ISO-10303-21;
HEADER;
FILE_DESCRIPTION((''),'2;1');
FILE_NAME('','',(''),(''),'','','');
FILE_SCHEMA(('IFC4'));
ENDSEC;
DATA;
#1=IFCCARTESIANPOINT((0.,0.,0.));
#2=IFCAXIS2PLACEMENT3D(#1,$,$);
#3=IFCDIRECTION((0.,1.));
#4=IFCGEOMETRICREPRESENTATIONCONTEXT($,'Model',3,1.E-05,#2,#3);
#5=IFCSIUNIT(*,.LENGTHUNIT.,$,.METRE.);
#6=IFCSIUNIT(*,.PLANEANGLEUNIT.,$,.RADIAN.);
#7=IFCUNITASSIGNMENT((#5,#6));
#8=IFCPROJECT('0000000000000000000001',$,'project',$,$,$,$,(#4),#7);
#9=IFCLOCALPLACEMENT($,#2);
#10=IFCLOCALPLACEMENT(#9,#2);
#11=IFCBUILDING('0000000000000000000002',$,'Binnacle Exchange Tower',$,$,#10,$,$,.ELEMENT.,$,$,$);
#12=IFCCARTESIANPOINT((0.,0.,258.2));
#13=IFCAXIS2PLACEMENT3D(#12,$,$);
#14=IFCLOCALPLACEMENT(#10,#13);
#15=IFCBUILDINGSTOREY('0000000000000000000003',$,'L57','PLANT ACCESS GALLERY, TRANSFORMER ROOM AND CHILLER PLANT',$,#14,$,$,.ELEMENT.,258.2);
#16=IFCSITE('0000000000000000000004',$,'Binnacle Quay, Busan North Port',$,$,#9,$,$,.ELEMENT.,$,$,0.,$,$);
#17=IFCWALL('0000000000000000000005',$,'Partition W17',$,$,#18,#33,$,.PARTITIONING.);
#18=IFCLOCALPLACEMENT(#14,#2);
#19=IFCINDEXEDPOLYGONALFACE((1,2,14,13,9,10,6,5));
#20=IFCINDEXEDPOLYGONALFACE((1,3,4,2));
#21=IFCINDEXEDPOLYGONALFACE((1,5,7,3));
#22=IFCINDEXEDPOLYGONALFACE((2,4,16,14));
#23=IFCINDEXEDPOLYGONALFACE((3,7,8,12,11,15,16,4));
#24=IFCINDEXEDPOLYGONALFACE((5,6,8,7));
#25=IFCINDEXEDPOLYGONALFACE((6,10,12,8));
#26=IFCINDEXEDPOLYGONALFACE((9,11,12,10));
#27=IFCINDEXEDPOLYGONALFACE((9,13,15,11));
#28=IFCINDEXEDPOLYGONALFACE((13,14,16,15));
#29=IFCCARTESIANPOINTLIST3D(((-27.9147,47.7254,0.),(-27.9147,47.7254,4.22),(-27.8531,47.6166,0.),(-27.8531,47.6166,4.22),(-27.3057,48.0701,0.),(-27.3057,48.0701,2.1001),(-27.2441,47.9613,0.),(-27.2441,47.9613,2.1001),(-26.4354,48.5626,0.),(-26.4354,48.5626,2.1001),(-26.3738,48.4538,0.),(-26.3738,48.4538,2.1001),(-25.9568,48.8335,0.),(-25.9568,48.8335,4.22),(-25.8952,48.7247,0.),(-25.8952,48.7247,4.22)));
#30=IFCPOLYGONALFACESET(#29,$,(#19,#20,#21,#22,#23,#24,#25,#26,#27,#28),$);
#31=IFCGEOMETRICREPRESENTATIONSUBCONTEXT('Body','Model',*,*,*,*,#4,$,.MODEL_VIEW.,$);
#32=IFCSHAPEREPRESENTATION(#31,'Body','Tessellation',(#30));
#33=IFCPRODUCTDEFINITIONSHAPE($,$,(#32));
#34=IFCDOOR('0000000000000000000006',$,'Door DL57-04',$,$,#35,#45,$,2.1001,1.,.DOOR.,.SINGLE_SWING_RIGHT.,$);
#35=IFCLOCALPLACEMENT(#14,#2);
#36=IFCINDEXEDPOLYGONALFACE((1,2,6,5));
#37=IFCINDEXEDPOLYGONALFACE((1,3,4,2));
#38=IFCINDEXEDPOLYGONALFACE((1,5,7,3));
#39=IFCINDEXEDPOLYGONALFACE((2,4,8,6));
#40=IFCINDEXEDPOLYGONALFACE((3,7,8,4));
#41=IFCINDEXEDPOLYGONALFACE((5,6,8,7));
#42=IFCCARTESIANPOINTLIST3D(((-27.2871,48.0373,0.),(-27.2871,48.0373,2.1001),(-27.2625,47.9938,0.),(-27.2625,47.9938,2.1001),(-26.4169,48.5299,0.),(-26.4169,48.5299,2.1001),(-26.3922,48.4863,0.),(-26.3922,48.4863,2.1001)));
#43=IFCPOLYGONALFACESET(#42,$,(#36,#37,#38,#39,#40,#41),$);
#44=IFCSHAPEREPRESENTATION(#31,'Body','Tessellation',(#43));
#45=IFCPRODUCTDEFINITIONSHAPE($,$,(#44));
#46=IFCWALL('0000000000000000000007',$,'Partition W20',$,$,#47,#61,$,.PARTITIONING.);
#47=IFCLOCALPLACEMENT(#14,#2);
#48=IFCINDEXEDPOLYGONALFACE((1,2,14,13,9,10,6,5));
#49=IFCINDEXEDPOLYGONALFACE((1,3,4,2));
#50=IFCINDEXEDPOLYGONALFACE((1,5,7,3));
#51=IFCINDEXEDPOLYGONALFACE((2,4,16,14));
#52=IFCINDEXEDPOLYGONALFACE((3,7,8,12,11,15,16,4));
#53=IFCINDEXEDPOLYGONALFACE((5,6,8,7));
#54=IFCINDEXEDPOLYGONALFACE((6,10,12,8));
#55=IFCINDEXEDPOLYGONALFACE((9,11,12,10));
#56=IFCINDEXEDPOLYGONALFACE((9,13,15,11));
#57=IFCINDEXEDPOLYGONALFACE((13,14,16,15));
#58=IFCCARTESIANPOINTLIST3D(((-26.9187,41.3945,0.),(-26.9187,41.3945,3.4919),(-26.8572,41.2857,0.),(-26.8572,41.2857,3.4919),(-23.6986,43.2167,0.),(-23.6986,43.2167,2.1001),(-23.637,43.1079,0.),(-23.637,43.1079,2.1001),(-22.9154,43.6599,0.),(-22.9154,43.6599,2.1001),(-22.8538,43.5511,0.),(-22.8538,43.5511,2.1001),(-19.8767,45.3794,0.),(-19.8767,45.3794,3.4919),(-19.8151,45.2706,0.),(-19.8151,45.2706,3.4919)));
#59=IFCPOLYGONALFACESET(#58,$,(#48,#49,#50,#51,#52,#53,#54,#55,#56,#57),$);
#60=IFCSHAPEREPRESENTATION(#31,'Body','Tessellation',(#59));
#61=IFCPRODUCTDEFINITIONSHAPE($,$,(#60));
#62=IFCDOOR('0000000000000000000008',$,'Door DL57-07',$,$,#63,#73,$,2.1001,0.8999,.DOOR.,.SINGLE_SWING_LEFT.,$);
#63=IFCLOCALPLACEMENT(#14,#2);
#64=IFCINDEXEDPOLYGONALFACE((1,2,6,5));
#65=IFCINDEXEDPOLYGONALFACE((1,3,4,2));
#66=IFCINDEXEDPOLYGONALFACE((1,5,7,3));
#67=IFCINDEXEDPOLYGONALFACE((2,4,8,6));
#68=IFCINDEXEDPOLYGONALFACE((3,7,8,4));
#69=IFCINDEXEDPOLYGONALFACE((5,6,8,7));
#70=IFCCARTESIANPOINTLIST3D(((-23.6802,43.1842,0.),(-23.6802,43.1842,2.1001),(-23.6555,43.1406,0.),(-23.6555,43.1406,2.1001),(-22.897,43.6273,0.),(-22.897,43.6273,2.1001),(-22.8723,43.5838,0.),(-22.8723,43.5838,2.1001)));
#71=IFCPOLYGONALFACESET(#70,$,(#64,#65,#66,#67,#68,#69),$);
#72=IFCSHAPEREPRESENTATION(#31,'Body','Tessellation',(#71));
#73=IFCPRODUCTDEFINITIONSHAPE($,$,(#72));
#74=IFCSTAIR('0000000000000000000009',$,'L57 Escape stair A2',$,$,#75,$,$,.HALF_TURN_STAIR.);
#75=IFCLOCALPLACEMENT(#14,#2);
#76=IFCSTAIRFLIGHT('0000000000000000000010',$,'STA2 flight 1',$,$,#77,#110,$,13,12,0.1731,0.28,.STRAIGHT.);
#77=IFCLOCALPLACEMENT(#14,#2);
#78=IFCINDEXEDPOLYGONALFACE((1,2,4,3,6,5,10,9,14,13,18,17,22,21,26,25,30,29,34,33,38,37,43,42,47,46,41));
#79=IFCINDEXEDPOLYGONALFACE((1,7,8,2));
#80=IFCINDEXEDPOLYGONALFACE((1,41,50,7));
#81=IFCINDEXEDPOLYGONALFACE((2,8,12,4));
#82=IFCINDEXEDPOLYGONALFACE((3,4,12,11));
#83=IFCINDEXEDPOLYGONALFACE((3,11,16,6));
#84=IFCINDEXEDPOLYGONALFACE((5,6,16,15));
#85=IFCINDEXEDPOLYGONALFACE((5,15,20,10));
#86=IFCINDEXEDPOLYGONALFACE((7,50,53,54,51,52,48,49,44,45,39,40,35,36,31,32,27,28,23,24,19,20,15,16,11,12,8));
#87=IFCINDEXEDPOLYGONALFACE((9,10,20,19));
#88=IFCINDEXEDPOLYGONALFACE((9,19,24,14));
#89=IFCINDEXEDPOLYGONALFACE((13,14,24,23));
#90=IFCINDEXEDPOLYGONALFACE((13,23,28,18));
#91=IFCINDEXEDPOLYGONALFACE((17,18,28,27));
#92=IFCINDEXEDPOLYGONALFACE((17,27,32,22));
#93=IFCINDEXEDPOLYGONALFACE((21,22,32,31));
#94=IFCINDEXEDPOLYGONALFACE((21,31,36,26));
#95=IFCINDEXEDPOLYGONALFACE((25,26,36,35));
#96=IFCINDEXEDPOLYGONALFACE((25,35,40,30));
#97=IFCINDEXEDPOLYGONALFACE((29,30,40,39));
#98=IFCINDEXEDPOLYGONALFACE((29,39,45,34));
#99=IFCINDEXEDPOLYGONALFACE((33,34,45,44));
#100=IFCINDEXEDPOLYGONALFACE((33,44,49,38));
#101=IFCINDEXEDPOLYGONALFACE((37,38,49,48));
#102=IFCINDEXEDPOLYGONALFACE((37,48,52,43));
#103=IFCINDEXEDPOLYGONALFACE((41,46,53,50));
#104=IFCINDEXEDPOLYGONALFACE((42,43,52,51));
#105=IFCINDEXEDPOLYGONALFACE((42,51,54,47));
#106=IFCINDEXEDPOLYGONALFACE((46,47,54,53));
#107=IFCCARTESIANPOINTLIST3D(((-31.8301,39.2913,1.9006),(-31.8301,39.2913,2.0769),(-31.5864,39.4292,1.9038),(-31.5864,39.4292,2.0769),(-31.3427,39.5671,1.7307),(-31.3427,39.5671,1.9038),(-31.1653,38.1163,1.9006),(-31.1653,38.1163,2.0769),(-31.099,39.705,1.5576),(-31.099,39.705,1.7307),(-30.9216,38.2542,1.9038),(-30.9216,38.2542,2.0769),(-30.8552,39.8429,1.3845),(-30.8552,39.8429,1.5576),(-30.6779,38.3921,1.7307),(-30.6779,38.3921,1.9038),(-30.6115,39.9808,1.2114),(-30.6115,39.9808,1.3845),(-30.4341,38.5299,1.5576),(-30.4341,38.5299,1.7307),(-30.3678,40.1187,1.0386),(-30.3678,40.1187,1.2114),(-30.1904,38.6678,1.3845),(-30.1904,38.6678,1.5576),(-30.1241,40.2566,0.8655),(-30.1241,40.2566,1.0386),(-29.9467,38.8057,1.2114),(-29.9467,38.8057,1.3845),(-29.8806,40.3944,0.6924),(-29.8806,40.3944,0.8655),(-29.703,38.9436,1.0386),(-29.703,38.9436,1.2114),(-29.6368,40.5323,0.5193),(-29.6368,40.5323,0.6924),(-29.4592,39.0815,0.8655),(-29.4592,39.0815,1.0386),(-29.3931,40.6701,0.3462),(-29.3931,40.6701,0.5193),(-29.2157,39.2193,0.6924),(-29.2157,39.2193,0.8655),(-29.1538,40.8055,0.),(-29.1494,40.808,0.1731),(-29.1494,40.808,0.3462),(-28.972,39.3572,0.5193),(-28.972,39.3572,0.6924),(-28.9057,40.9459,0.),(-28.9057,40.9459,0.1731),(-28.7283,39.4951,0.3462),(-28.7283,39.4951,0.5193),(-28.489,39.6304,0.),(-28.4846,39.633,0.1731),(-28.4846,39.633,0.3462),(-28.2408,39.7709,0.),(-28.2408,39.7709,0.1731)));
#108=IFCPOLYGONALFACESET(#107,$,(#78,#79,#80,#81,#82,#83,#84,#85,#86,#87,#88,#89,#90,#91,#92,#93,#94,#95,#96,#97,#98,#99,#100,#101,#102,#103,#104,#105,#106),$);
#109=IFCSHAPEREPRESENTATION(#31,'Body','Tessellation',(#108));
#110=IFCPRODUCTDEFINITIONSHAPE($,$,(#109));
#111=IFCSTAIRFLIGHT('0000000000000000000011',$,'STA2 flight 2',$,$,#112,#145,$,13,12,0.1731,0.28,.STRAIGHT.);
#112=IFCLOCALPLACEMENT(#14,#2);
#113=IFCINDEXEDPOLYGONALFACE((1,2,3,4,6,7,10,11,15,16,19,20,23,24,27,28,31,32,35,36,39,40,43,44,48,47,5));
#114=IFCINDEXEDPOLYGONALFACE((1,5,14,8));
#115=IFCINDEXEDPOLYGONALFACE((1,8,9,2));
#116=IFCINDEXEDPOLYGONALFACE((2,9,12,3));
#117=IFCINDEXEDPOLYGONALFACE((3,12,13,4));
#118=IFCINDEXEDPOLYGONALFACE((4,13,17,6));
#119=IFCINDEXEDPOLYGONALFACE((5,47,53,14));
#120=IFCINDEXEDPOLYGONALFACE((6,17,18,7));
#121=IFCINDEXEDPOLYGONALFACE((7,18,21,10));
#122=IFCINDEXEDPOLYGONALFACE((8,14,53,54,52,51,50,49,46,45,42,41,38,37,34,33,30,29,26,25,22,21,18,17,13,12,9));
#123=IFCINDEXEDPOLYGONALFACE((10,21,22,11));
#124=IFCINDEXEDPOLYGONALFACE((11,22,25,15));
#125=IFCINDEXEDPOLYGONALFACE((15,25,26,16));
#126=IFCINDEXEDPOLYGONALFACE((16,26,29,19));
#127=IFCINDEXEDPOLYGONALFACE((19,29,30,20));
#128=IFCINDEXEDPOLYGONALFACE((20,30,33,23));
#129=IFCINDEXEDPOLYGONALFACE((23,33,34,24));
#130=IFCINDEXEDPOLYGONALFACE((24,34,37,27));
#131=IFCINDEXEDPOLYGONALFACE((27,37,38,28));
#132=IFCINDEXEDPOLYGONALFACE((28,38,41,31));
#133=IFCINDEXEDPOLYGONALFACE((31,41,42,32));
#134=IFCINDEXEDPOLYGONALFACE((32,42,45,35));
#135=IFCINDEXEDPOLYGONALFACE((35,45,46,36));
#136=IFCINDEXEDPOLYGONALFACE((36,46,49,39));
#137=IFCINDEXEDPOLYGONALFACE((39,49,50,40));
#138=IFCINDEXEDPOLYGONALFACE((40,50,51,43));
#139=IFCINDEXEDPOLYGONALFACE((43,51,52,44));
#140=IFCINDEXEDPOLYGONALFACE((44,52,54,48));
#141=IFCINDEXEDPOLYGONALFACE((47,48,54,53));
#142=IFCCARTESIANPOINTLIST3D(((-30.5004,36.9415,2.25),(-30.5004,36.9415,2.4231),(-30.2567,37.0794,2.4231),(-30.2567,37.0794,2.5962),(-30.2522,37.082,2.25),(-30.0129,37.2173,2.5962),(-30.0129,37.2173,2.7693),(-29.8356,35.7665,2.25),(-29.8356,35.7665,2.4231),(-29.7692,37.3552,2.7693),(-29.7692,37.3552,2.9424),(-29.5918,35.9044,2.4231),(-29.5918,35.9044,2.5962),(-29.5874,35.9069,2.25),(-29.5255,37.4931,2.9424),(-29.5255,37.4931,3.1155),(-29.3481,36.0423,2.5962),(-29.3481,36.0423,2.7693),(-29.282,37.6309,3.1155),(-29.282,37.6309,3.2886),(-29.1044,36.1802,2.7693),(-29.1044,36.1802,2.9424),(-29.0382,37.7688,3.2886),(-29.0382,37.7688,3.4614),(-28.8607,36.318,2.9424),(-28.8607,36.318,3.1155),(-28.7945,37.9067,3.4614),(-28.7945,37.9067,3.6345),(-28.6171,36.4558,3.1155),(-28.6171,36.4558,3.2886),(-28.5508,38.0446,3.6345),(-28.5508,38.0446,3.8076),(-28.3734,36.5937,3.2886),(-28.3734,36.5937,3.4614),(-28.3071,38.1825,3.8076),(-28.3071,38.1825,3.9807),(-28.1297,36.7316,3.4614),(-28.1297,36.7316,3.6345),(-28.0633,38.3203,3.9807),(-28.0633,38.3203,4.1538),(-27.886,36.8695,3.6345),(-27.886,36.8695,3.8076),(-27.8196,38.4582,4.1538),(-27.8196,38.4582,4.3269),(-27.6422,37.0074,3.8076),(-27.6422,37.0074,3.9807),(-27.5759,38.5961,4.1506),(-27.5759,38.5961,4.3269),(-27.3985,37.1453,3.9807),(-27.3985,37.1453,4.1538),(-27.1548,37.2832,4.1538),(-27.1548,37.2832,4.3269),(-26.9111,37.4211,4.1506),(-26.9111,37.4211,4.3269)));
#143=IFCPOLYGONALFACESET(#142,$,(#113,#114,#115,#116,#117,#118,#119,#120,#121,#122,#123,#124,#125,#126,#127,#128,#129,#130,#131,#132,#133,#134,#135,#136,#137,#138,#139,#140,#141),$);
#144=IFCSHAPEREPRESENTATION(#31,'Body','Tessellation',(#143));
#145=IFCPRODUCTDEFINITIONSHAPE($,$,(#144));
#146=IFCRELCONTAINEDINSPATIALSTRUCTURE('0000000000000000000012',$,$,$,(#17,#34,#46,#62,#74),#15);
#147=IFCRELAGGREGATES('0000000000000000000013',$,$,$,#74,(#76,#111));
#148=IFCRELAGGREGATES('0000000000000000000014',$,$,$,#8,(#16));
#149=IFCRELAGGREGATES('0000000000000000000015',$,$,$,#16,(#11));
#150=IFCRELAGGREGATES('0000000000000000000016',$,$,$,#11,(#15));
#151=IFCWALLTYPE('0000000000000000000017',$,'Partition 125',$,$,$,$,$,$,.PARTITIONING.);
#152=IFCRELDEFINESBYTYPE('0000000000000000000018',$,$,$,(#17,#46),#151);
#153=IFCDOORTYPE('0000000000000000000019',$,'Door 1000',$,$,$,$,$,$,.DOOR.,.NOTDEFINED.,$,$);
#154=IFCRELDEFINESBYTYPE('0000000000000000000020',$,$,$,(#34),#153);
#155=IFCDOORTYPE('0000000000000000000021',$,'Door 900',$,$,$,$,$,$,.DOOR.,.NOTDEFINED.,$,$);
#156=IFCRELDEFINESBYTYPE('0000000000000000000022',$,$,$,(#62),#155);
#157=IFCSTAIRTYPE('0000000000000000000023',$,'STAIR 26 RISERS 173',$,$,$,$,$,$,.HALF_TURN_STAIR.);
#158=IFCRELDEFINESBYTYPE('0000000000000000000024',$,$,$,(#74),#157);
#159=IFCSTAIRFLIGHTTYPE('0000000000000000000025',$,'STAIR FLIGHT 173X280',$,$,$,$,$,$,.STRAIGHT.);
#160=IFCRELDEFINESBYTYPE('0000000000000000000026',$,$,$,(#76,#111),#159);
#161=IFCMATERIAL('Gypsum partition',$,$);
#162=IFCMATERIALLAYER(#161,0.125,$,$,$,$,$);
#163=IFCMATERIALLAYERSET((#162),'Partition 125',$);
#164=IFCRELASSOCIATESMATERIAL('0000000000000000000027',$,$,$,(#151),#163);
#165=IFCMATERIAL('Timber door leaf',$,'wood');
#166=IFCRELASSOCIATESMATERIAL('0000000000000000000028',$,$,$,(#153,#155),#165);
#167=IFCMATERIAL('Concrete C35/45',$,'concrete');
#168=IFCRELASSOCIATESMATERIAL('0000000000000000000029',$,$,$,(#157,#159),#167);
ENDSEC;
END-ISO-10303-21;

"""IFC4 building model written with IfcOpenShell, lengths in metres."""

from ifc_helpers import new_model, si_unit, direction, frame, frame_2d, origin, place, context, subcontext, project, spatial, polyline, rectangle, outline, extrude, material, layer, layer_set, type_object, element, fill, aggregate, save


model = new_model("IFC4")

# Units and contexts
model_context = context("Model", 3, precision=1e-05, world=origin(), true_north=direction((0.0, 1.0)))
body_context = subcontext(model_context, "Body", "Model", "MODEL_VIEW")
ifc_project = project(units=[si_unit("LENGTHUNIT", "METRE"), si_unit("PLANEANGLEUNIT", "RADIAN")], contexts=[model_context])

# Site, building, storey
site_placement = place(None, origin())
site = spatial("IfcSite", under=ifc_project, at=site_placement, Name="Binnacle Quay, Busan North Port", CompositionType="ELEMENT", RefElevation=0.0)
building_placement = place(site_placement, origin())
building = spatial("IfcBuilding", under=site, at=building_placement, Name="Binnacle Exchange Tower", CompositionType="ELEMENT")
storey_placement = place(building_placement, frame((0.0, 0.0, 258.2)))
storey = spatial("IfcBuildingStorey", under=building, at=storey_placement, Name="L57", Description="PLANT ACCESS GALLERY, TRANSFORMER ROOM AND CHILLER PLANT", CompositionType="ELEMENT", Elevation=258.2)

# Walls, openings, doors
ifc_material_1 = material(Name="Gypsum partition")
ifc_layer_1 = layer(ifc_material_1, 0.125)
ifc_layer_set_1 = layer_set([ifc_layer_1], Name="Partition 125")
wall_type_1 = type_object("IfcWallType", Name="Partition 125", PredefinedType="PARTITIONING", material=ifc_layer_set_1)
ifc_material_2 = material(Name="Timber door leaf", Category="wood")
door_type_1 = type_object("IfcDoorType", Name="Door 1000", OperationType="NOTDEFINED", PredefinedType="DOOR", material=ifc_material_2)
wall_1_placement = place(storey_placement, frame((-27.884, 47.6709, 0.0), z_axis=(0.0, 0.0, 1.0), x_axis=(0.870286, 0.492547, 0.0)))
wall_1 = element("IfcWall", 1, at=wall_1_placement, inside=storey, type_object=wall_type_1, Name="Partition W17", PredefinedType="PARTITIONING", context=body_context, shape_type="SweptSolid", body=[
    extrude(rectangle(XDim=2.2498, YDim=0.125, at=frame_2d((1.125, 0.0))), origin(), (0.0, 0.0, 1.0), 4.22),
])
opening_1_placement = place(wall_1_placement, frame((0.7, 0.0, 0.0)))
opening_1 = element("IfcOpeningElement", 2, at=opening_1_placement, cuts=wall_1, PredefinedType="OPENING", context=body_context, shape_type="SweptSolid", body=[
    extrude(rectangle(XDim=1.0, YDim=2.1001, at=frame_2d((0.5, 1.05))), frame((0.0, 0.0725, 0.0), z_axis=(0.0, -1.0, 0.0), x_axis=(1.0, 0.0, 0.0)), (0.0, 0.0, 1.0), 0.145),
])
door_1_placement = place(opening_1_placement, origin())
door_1 = element("IfcDoor", 3, at=door_1_placement, inside=storey, type_object=door_type_1, Name="Door DL57-04", OperationType="SINGLE_SWING_RIGHT", OverallHeight=2.1001, OverallWidth=1.0, PredefinedType="DOOR", context=body_context, shape_type="SweptSolid", body=[
    extrude(rectangle(XDim=1.0, YDim=2.1001, at=frame_2d((0.5, 1.05))), frame((0.0, 0.0249, 0.0), z_axis=(0.0, -1.0, 0.0), x_axis=(1.0, 0.0, 0.0)), (0.0, 0.0, 1.0), 0.05),
])
fill(opening_1, door_1)
wall_2_placement = place(storey_placement, frame((-26.8879, 41.3401, 0.0), z_axis=(0.0, 0.0, 1.0), x_axis=(0.870319, 0.492489, 0.0)))
wall_2 = element("IfcWall", 4, at=wall_2_placement, inside=storey, type_object=wall_type_1, Name="Partition W20", PredefinedType="PARTITIONING", context=body_context, shape_type="SweptSolid", body=[
    extrude(rectangle(XDim=8.0913, YDim=0.125, at=frame_2d((4.0457, 0.0))), origin(), (0.0, 0.0, 1.0), 3.4919),
])
opening_2_placement = place(wall_2_placement, frame((3.7, 0.0, 0.0)))
opening_2 = element("IfcOpeningElement", 5, at=opening_2_placement, cuts=wall_2, PredefinedType="OPENING", context=body_context, shape_type="SweptSolid", body=[
    extrude(rectangle(XDim=0.8999, YDim=2.1001, at=frame_2d((0.45, 1.05))), frame((0.0, 0.0725, 0.0), z_axis=(0.0, -1.0, 0.0), x_axis=(1.0, 0.0, 0.0)), (0.0, 0.0, 1.0), 0.145),
])
door_type_2 = type_object("IfcDoorType", Name="Door 900", OperationType="NOTDEFINED", PredefinedType="DOOR", material=ifc_material_2)
door_2_placement = place(opening_2_placement, frame((0.8999, 0.0, 0.0), z_axis=(0.0, 0.0, 1.0), x_axis=(-1.0, 0.0, 0.0)))
door_2 = element("IfcDoor", 6, at=door_2_placement, inside=storey, type_object=door_type_2, Name="Door DL57-07", OperationType="SINGLE_SWING_LEFT", OverallHeight=2.1001, OverallWidth=0.8999, PredefinedType="DOOR", context=body_context, shape_type="SweptSolid", body=[
    extrude(rectangle(XDim=0.8999, YDim=2.1001, at=frame_2d((0.45, 1.05))), frame((0.0, 0.0249, 0.0), z_axis=(0.0, -1.0, 0.0), x_axis=(1.0, 0.0, 0.0)), (0.0, 0.0, 1.0), 0.05),
])
fill(opening_2, door_2)

# Stair, stair flights
ifc_material_3 = material(Name="Concrete C35/45", Category="concrete")
stair_type = type_object("IfcStairType", Name="STAIR 26 RISERS 173", PredefinedType="HALF_TURN_STAIR", material=ifc_material_3)
stair_placement = place(storey_placement, origin())
stair = element("IfcStair", 7, at=stair_placement, inside=storey, type_object=stair_type, Name="L57 Escape stair A2", PredefinedType="HALF_TURN_STAIR")
stair_flight_type = type_object("IfcStairFlightType", Name="STAIR FLIGHT 173X280", PredefinedType="STRAIGHT", material=ifc_material_3)
stair_flight_1_placement = place(storey_placement, frame((-28.5732, 40.3584, 0.0), z_axis=(0.0, 0.0, 1.0), x_axis=(-0.870356, -0.492424, 0.0)))
stair_flight_1 = element("IfcStairFlight", 8, at=stair_flight_1_placement, type_object=stair_flight_type, Name="STA2 flight 1", NumberOfRisers=13, NumberOfTreads=12, PredefinedType="STRAIGHT", RiserHeight=0.1731, TreadLength=0.28, context=body_context, shape_type="SweptSolid", body=[
    extrude(outline(polyline([(0.0, 0.0), (0.0, 0.1731), (0.28, 0.1731), (0.28, 0.3462), (0.5601, 0.3462), (0.5601, 0.5193), (0.8401, 0.5193), (0.8401, 0.6924), (1.1201, 0.6924), (1.1201, 0.8655), (1.3999, 0.8655), (1.3999, 1.0386), (1.6799, 1.0386), (1.6799, 1.2114), (1.96, 1.2114), (1.96, 1.3845), (2.24, 1.3845), (2.24, 1.5576), (2.52, 1.5576), (2.52, 1.7307), (2.8, 1.7307), (2.8, 1.9038), (3.0801, 1.9038), (3.0801, 2.0769), (3.3601, 2.0769), (3.3601, 2.25), (3.3601, 1.9006), (0.2852, 0.0), (0.0, 0.0)])), frame((0.0, 0.675, 0.0), z_axis=(0.0, -1.0, 0.0), x_axis=(1.0, 0.0, 0.0)), (0.0, 0.0, 1.0), 1.3501),
])
stair_flight_2_placement = place(storey_placement, frame((-30.168, 36.354, 2.25), z_axis=(0.0, 0.0, 1.0), x_axis=(0.870356, 0.492424, 0.0)))
stair_flight_2 = element("IfcStairFlight", 9, at=stair_flight_2_placement, type_object=stair_flight_type, Name="STA2 flight 2", NumberOfRisers=13, NumberOfTreads=12, PredefinedType="STRAIGHT", RiserHeight=0.1731, TreadLength=0.28, context=body_context, shape_type="SweptSolid", body=[
    extrude(outline(polyline([(0.0, 0.0), (0.0, 0.1731), (0.28, 0.1731), (0.28, 0.3462), (0.5601, 0.3462), (0.5601, 0.5193), (0.8401, 0.5193), (0.8401, 0.6924), (1.1201, 0.6924), (1.1201, 0.8655), (1.3999, 0.8655), (1.3999, 1.0386), (1.6799, 1.0386), (1.6799, 1.2114), (1.96, 1.2114), (1.96, 1.3845), (2.24, 1.3845), (2.24, 1.5576), (2.52, 1.5576), (2.52, 1.7307), (2.8, 1.7307), (2.8, 1.9038), (3.0801, 1.9038), (3.0801, 2.0769), (3.3601, 2.0769), (3.3601, 2.25), (3.3601, 1.9006), (0.2852, 0.0), (0.0, 0.0)])), frame((0.0, 0.675, 0.0), z_axis=(0.0, -1.0, 0.0), x_axis=(1.0, 0.0, 0.0)), (0.0, 0.0, 1.0), 1.3501),
])
aggregate(stair, [stair_flight_1, stair_flight_2])

save(model, "model.ifc")
